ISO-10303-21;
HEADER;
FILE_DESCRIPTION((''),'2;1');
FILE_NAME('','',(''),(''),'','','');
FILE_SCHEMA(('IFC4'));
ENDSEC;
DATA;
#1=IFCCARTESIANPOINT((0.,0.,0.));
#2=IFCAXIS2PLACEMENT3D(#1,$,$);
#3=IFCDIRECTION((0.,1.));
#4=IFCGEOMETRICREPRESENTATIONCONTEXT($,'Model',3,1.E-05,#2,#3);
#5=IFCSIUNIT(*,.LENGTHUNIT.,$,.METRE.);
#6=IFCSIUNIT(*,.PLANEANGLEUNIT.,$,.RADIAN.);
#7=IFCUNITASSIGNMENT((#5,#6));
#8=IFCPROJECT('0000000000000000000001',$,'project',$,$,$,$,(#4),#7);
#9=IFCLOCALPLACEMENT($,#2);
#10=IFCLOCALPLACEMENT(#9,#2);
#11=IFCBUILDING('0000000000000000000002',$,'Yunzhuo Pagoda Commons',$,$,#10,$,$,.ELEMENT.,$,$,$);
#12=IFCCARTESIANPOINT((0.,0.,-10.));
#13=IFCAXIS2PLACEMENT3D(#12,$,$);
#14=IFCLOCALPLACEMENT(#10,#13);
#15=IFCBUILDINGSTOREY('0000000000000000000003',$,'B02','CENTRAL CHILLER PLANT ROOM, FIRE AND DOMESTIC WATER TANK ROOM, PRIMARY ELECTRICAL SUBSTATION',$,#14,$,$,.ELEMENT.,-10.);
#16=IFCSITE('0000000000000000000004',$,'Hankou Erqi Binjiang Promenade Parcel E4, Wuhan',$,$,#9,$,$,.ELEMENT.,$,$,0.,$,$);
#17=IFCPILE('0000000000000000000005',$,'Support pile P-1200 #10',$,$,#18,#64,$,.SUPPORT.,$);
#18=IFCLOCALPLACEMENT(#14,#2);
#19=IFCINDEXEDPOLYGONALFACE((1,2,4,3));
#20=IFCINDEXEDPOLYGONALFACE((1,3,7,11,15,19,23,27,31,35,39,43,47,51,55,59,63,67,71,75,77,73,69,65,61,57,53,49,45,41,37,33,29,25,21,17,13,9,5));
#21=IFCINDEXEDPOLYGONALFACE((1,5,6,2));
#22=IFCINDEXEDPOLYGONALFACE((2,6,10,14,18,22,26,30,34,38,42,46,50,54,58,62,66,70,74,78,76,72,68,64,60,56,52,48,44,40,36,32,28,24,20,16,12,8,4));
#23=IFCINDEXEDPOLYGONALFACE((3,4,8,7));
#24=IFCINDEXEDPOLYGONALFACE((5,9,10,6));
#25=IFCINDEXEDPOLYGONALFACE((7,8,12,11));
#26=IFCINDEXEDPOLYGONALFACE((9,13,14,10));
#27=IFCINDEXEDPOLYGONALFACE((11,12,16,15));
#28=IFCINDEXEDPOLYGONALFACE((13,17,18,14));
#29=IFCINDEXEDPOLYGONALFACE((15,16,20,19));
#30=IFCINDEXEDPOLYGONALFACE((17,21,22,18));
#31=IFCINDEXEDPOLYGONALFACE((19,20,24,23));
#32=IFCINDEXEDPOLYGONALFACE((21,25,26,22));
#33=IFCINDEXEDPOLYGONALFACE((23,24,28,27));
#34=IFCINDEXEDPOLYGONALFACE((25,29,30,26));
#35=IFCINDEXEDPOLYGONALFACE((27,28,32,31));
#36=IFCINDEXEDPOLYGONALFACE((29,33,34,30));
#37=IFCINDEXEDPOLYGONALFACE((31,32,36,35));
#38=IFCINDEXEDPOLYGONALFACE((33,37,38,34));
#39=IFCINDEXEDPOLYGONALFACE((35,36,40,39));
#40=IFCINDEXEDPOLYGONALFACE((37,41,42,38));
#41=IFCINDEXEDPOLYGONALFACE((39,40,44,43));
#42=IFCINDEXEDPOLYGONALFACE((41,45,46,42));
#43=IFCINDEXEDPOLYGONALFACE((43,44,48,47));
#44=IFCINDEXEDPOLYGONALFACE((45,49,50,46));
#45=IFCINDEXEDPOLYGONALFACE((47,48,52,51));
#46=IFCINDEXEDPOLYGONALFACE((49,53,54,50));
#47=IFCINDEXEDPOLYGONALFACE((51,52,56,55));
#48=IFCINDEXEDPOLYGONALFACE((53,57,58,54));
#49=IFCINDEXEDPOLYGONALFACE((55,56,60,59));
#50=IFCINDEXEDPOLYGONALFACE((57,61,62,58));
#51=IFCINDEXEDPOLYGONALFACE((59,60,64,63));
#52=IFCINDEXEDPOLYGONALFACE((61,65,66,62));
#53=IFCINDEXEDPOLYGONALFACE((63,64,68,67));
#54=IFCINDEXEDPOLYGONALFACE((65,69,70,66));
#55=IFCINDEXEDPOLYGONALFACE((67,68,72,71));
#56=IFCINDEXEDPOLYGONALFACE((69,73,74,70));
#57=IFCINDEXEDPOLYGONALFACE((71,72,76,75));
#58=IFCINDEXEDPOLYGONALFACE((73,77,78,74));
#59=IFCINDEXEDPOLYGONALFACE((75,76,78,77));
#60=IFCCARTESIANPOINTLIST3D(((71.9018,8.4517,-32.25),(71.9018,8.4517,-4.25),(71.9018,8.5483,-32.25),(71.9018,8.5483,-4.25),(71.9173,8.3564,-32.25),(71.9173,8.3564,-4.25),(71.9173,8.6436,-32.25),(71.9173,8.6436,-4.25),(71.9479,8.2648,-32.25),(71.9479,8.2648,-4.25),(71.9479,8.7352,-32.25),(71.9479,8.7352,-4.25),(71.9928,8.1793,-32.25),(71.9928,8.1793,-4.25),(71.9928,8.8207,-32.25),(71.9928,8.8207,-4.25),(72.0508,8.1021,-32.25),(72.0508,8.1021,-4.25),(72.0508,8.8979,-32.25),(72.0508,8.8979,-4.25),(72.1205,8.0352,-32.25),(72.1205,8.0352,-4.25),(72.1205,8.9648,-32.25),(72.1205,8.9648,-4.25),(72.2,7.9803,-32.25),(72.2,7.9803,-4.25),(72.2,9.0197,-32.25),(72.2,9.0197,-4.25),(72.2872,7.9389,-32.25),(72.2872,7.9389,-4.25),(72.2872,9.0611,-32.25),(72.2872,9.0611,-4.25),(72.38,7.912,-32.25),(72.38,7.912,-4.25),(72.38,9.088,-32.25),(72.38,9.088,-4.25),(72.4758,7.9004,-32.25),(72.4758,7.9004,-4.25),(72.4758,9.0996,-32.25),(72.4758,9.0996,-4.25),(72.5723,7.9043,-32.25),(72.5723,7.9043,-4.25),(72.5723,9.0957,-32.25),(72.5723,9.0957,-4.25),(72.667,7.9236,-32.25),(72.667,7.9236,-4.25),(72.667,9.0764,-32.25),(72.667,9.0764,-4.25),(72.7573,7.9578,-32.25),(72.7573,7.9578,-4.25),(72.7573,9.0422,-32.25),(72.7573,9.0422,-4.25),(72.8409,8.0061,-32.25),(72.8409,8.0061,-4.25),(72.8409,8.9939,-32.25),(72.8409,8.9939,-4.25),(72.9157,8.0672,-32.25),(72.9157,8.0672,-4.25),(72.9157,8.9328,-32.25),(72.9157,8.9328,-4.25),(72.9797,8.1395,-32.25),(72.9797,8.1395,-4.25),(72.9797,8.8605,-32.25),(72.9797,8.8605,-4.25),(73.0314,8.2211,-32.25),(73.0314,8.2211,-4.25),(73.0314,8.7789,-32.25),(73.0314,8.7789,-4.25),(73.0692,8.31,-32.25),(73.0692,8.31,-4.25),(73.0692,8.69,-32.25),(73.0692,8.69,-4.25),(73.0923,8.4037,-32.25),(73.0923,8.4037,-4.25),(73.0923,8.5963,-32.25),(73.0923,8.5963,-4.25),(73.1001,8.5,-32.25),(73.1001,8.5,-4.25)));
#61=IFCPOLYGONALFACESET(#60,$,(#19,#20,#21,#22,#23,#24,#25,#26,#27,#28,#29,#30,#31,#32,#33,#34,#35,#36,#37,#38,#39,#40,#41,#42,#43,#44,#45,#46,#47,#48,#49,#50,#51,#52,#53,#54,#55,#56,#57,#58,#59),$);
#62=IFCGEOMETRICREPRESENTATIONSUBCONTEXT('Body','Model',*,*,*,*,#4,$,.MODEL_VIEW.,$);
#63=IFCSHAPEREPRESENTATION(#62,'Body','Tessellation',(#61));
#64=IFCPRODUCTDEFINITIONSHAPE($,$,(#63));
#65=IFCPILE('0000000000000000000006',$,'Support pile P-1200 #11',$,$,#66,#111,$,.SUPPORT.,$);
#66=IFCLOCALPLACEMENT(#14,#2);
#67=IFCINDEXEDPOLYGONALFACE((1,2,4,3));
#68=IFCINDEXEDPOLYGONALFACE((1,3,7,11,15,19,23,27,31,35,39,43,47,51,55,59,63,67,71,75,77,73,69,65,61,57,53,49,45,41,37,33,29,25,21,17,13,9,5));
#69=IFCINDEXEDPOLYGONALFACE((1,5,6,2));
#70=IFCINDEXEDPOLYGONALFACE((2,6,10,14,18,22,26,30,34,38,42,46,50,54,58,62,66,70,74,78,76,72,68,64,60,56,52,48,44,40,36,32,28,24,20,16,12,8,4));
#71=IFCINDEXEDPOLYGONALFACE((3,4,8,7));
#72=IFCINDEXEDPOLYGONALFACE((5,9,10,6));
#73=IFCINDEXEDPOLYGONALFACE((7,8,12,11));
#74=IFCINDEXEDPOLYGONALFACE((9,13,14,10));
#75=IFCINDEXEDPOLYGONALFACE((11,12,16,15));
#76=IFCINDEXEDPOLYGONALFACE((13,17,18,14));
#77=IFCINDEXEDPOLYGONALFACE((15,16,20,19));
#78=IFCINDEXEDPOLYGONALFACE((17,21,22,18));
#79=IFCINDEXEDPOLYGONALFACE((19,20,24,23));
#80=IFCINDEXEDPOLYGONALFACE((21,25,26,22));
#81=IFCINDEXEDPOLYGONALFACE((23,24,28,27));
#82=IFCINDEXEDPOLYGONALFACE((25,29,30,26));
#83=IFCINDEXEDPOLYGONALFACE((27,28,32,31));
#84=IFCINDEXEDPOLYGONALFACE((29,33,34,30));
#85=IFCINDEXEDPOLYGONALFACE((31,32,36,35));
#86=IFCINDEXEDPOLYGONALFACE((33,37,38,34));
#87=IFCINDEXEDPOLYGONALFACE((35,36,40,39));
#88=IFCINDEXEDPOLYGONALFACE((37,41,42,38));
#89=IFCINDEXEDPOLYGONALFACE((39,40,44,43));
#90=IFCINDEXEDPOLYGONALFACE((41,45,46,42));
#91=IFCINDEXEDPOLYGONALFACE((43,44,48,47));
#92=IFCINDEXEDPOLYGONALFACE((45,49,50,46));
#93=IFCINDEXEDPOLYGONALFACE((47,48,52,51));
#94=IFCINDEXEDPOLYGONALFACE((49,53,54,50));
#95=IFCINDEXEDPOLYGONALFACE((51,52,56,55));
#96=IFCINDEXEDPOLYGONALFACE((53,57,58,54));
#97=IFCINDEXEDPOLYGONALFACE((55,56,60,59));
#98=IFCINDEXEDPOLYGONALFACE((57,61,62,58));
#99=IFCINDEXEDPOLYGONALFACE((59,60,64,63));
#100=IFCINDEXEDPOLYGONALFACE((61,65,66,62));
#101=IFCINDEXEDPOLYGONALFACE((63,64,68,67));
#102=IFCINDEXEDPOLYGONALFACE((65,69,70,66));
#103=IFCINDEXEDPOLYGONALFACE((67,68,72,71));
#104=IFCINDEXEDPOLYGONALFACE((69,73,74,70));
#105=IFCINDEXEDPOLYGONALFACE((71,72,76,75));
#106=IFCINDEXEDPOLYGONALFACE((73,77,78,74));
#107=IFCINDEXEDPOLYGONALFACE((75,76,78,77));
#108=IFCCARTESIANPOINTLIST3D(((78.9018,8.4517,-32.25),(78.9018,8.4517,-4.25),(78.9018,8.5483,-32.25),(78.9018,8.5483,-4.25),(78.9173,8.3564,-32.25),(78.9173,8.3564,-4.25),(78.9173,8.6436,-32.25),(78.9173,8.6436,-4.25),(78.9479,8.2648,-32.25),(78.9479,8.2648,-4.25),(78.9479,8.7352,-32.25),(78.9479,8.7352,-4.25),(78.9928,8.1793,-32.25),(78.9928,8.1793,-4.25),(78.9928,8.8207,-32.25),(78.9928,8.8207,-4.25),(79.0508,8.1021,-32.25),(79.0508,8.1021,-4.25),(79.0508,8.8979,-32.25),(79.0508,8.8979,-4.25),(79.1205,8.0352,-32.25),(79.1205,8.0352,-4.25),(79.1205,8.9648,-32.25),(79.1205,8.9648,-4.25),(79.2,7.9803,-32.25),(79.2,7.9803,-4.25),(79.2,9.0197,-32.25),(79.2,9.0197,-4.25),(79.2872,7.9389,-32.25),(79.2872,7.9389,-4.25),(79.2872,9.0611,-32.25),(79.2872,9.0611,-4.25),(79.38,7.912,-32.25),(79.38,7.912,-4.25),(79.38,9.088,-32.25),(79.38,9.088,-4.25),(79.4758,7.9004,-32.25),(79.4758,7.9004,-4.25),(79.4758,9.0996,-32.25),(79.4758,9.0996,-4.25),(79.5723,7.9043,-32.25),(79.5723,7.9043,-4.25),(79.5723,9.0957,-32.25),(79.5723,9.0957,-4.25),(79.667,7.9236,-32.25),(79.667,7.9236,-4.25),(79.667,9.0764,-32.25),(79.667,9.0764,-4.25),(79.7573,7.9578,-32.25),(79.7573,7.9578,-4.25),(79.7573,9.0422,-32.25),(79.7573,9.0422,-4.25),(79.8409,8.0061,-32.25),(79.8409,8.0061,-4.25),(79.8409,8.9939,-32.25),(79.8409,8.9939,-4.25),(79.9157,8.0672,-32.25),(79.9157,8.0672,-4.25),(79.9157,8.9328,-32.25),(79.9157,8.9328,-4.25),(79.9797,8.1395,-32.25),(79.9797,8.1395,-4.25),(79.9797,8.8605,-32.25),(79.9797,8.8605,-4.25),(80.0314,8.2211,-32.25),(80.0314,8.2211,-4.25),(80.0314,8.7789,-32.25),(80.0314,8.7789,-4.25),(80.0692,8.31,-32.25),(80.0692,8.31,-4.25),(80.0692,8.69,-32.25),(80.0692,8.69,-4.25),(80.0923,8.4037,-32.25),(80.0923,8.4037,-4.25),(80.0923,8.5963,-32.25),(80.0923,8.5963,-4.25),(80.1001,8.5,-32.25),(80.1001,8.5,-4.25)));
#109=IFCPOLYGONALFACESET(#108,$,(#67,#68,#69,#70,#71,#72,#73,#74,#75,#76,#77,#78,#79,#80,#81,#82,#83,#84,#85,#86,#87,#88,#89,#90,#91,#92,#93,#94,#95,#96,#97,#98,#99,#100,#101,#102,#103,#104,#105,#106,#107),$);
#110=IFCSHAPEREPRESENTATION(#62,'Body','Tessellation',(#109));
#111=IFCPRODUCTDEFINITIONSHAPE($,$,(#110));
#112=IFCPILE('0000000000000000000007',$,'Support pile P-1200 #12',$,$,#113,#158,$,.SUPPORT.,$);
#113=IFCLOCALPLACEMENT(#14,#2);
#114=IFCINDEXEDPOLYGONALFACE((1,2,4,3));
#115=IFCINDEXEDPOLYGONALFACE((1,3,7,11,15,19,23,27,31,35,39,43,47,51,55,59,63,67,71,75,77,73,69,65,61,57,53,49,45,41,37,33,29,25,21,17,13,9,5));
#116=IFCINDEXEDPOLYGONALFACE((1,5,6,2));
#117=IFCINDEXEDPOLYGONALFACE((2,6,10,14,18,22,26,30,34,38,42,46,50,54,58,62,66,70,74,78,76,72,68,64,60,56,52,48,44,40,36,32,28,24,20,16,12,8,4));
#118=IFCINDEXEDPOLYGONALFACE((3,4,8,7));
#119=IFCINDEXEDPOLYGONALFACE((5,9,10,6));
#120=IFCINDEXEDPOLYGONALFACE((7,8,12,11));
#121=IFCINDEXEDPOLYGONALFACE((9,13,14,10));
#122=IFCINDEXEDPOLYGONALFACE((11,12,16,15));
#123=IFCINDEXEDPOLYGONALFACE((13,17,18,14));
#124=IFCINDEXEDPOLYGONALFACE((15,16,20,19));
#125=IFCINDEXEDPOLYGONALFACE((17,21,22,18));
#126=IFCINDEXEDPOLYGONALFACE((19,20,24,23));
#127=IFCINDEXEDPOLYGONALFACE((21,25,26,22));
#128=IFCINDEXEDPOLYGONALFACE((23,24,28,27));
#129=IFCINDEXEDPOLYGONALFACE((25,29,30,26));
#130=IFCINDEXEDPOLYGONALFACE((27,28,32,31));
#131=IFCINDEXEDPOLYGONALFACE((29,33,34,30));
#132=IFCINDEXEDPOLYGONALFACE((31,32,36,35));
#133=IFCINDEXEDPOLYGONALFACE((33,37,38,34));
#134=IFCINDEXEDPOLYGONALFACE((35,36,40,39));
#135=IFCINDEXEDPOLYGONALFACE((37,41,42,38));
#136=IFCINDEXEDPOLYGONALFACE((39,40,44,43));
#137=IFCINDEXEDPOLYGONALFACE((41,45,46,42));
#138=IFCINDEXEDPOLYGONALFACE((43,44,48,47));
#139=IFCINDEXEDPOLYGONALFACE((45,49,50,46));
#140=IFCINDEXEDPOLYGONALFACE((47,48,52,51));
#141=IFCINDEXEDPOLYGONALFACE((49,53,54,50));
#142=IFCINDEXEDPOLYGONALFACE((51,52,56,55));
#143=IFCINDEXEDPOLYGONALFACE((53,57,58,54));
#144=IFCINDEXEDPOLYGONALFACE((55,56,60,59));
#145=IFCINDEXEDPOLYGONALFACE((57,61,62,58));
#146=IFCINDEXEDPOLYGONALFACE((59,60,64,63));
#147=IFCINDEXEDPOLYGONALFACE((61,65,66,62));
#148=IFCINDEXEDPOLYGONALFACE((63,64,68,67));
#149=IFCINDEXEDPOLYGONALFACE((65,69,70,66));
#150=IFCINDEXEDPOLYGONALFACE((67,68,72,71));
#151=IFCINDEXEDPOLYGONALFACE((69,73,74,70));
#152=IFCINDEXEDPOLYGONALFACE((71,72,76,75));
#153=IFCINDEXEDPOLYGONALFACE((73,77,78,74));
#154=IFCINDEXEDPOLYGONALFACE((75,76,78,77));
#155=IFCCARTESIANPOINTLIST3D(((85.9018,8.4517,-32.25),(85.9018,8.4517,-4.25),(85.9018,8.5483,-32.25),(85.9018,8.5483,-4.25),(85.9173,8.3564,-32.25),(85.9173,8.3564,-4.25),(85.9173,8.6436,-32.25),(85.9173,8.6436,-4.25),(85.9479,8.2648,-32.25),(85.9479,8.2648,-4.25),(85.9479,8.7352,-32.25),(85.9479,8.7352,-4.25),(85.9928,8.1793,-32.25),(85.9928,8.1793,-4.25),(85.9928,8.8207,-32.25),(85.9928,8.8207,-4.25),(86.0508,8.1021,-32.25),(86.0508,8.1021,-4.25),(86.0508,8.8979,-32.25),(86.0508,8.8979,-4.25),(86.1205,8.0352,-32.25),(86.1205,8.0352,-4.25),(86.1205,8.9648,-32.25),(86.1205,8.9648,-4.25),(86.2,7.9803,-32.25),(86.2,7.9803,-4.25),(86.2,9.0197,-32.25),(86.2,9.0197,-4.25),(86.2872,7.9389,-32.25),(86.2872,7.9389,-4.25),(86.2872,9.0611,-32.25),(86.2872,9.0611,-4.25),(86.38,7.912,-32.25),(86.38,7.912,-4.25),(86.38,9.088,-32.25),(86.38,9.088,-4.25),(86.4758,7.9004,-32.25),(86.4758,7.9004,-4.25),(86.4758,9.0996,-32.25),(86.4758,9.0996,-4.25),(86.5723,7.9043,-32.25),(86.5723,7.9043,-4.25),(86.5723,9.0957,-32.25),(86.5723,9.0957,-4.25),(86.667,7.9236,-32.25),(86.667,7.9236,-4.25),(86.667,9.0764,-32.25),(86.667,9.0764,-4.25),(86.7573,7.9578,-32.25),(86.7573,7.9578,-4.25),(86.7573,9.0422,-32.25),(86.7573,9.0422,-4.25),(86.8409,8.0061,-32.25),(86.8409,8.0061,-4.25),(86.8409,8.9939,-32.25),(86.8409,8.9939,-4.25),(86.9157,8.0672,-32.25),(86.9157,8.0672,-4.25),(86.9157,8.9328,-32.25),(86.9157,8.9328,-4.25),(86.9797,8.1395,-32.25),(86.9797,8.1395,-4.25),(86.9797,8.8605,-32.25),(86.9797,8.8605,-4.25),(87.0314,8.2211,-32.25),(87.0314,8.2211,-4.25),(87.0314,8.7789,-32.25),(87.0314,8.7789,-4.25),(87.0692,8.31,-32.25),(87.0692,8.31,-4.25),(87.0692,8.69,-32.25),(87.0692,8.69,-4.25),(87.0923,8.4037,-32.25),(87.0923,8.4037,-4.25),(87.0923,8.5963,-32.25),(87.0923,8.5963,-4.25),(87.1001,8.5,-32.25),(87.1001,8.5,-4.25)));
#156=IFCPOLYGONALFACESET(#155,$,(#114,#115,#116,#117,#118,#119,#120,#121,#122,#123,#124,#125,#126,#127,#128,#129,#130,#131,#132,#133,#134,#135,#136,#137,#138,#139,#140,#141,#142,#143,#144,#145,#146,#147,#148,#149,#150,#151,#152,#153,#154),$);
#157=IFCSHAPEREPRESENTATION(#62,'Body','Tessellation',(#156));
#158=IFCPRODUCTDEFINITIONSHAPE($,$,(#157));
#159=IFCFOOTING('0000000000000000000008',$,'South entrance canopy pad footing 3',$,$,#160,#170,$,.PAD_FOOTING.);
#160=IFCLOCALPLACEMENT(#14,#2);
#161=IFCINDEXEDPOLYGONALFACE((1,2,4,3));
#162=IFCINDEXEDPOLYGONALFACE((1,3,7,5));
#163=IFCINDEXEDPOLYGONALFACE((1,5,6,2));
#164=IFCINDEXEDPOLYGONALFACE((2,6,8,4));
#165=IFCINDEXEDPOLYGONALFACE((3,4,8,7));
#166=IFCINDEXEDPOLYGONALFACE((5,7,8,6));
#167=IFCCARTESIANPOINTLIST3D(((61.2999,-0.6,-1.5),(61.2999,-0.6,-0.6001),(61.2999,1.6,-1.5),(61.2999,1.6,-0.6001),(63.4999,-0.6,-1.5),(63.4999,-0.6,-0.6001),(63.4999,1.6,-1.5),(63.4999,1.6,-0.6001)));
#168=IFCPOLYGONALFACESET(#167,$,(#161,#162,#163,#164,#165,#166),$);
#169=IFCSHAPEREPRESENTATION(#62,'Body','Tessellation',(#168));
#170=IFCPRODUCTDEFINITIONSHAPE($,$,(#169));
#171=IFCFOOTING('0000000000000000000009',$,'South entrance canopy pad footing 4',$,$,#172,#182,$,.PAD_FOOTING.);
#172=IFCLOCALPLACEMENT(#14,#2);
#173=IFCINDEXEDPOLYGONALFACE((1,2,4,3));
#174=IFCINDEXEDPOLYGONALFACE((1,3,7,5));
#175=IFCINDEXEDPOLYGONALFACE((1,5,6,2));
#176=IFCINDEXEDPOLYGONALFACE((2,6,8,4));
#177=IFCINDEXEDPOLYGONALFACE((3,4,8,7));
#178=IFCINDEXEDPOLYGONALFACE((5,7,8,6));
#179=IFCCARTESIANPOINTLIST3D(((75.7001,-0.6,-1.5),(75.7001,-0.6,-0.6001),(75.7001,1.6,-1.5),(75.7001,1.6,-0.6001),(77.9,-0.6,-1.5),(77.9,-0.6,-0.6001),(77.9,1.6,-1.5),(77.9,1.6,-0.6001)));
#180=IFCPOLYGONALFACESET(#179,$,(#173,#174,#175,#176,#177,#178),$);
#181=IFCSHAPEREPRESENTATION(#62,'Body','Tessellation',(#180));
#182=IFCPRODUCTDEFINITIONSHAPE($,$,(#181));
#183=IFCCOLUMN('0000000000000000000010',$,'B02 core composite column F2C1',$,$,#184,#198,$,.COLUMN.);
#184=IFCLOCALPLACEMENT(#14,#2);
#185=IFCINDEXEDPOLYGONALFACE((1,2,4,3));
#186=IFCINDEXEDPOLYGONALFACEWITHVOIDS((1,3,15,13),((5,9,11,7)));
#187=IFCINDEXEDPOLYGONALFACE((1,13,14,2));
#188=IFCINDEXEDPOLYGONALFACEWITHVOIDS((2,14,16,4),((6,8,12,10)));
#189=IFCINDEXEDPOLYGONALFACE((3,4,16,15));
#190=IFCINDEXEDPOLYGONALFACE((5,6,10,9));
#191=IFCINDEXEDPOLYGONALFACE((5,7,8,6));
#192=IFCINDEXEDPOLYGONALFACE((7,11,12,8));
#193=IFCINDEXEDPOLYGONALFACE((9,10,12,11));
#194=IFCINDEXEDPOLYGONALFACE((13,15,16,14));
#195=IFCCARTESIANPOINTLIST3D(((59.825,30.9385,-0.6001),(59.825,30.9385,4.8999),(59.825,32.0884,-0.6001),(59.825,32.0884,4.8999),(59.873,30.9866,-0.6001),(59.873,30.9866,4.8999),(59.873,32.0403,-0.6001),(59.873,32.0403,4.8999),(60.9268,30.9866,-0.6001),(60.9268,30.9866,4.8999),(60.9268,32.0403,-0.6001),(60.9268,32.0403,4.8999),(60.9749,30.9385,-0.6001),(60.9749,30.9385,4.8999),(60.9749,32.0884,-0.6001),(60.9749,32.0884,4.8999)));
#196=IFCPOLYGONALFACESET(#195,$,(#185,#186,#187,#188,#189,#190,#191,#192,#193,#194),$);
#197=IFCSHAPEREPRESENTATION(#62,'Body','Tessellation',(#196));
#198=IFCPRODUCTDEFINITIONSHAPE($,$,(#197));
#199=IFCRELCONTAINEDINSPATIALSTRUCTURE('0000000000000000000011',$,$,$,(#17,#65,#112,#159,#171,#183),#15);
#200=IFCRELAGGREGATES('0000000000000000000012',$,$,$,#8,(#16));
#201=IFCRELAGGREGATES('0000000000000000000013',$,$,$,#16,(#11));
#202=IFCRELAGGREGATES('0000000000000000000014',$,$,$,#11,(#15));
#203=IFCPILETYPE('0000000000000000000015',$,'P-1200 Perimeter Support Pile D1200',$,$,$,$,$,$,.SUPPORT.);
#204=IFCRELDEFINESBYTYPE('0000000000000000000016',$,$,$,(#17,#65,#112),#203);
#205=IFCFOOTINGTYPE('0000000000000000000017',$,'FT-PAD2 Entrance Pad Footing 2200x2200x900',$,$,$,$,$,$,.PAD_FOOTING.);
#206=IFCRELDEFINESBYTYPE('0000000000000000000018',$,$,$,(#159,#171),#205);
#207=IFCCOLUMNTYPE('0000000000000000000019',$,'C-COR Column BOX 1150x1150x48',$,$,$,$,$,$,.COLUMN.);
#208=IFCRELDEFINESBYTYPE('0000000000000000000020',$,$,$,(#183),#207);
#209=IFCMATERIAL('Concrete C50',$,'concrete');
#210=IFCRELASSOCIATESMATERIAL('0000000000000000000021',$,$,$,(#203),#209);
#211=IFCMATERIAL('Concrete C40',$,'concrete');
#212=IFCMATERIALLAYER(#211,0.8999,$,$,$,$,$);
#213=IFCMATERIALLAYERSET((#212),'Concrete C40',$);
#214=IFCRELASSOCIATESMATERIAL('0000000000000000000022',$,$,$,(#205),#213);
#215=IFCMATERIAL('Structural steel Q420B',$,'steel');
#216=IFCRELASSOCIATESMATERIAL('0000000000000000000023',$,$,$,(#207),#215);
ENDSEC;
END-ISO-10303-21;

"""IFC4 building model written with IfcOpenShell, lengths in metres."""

from ifc_helpers import new_model, si_unit, direction, frame, origin, origin_2d, place, context, subcontext, project, spatial, rectangle, hollow_rectangle, circle, extrude, source, transform, mapped, material, layer, layer_set, material_profile, profile_set, type_object, element, save


model = new_model("IFC4")

# Units and contexts
model_context = context("Model", 3, precision=1e-05, world=origin(), true_north=direction((0.0, 1.0)))
body_context = subcontext(model_context, "Body", "Model", "MODEL_VIEW")
ifc_project = project(units=[si_unit("LENGTHUNIT", "METRE"), si_unit("PLANEANGLEUNIT", "RADIAN")], contexts=[model_context])

# Site, building, storey
site_placement = place(None, origin())
site = spatial("IfcSite", under=ifc_project, at=site_placement, Name="Hankou Erqi Binjiang Promenade Parcel E4, Wuhan", CompositionType="ELEMENT", RefElevation=0.0)
building_placement = place(site_placement, origin())
building = spatial("IfcBuilding", under=site, at=building_placement, Name="Yunzhuo Pagoda Commons", CompositionType="ELEMENT")
storey_placement = place(building_placement, frame((0.0, 0.0, -10.0)))
storey = spatial("IfcBuildingStorey", under=building, at=storey_placement, Name="B02", Description="CENTRAL CHILLER PLANT ROOM, FIRE AND DOMESTIC WATER TANK ROOM, PRIMARY ELECTRICAL SUBSTATION", CompositionType="ELEMENT", Elevation=-10.0)

# Piles
ifc_material_1 = material(Name="Concrete C50", Category="concrete")
ifc_material_profile_1 = material_profile(ifc_material_1, circle(Radius=0.6001, at=origin_2d()), Name="Concrete C50")
ifc_profile_set_1 = profile_set([ifc_material_profile_1], Name="Concrete C50")
pile_type_1 = type_object("IfcPileType", Name="P-1200 Perimeter Support Pile D1200", PredefinedType="SUPPORT", material=ifc_profile_set_1)
shared_shape_1 = source(origin(), body_context, "Body", "SweptSolid", [
    extrude(circle(Radius=0.6001, at=origin_2d()), origin(), (0.0, 0.0, 1.0), 28.0),
])
for number, where, z_axis, x_axis, name in (
    (1, (72.5, 8.5, -4.25), (0.0, 0.0, -1.0), (1.0, 0.0, 0.0), "Support pile P-1200 #10"),
    (2, (79.5, 8.5, -4.25), (0.0, 0.0, -1.0), (1.0, 0.0, 0.0), "Support pile P-1200 #11"),
    (3, (86.5, 8.5, -4.25), (0.0, 0.0, -1.0), (1.0, 0.0, 0.0), "Support pile P-1200 #12"),
):
    element("IfcPile", number, at=place(storey_placement, frame(where, z_axis=z_axis, x_axis=x_axis)), inside=storey, type_object=pile_type_1, Name=name, PredefinedType="SUPPORT", context=body_context, shape_type="MappedRepresentation", body=[
        mapped(shared_shape_1, transform((0.0, 0.0, 0.0), scale=1.0)),
    ])

# Footings
ifc_material_2 = material(Name="Concrete C40", Category="concrete")
ifc_layer_1 = layer(ifc_material_2, 0.8999)
ifc_layer_set_1 = layer_set([ifc_layer_1], Name="Concrete C40")
footing_type = type_object("IfcFootingType", Name="FT-PAD2 Entrance Pad Footing 2200x2200x900", PredefinedType="PAD_FOOTING", material=ifc_layer_set_1)
shared_shape_2 = source(origin(), body_context, "Body", "SweptSolid", [
    extrude(rectangle(XDim=2.2, YDim=2.2, at=origin_2d()), origin(), (0.0, 0.0, 1.0), 0.8999),
])
for number, where, z_axis, x_axis, name in (
    (4, (62.3999, 0.5, -1.5), (0.0, 0.0, 1.0), (1.0, 0.0, 0.0), "South entrance canopy pad footing 3"),
    (5, (76.8, 0.5, -1.5), (0.0, 0.0, 1.0), (1.0, 0.0, 0.0), "South entrance canopy pad footing 4"),
):
    element("IfcFooting", number, at=place(storey_placement, frame(where, z_axis=z_axis, x_axis=x_axis)), inside=storey, type_object=footing_type, Name=name, PredefinedType="PAD_FOOTING", context=body_context, shape_type="MappedRepresentation", body=[
        mapped(shared_shape_2, transform((0.0, 0.0, 0.0), scale=1.0)),
    ])

# Column
ifc_material_3 = material(Name="Structural steel Q420B", Category="steel")
ifc_material_profile_2 = material_profile(ifc_material_3, hollow_rectangle(XDim=1.1499, YDim=1.1499, WallThickness=0.0481, at=origin_2d()), Name="Structural steel Q420B")
ifc_profile_set_2 = profile_set([ifc_material_profile_2], Name="Structural steel Q420B")
column_type_1 = type_object("IfcColumnType", Name="C-COR Column BOX 1150x1150x48", PredefinedType="COLUMN", material=ifc_profile_set_2)
shared_shape_3 = source(origin(), body_context, "Body", "SweptSolid", [
    extrude(hollow_rectangle(XDim=1.1499, YDim=1.1499, WallThickness=0.0481, at=origin_2d()), origin(), (0.0, 0.0, 1.0), 5.5),
])
for number, where, z_axis, x_axis, name in (
    (6, (60.3999, 31.5134, -0.6001), (0.0, 0.0, 1.0), (1.0, 0.0, 0.0), "B02 core composite column F2C1"),
):
    element("IfcColumn", number, at=place(storey_placement, frame(where, z_axis=z_axis, x_axis=x_axis)), inside=storey, type_object=column_type_1, Name=name, PredefinedType="COLUMN", context=body_context, shape_type="MappedRepresentation", body=[
        mapped(shared_shape_3, transform((0.0, 0.0, 0.0), scale=1.0)),
    ])

save(model, "model.ifc")
